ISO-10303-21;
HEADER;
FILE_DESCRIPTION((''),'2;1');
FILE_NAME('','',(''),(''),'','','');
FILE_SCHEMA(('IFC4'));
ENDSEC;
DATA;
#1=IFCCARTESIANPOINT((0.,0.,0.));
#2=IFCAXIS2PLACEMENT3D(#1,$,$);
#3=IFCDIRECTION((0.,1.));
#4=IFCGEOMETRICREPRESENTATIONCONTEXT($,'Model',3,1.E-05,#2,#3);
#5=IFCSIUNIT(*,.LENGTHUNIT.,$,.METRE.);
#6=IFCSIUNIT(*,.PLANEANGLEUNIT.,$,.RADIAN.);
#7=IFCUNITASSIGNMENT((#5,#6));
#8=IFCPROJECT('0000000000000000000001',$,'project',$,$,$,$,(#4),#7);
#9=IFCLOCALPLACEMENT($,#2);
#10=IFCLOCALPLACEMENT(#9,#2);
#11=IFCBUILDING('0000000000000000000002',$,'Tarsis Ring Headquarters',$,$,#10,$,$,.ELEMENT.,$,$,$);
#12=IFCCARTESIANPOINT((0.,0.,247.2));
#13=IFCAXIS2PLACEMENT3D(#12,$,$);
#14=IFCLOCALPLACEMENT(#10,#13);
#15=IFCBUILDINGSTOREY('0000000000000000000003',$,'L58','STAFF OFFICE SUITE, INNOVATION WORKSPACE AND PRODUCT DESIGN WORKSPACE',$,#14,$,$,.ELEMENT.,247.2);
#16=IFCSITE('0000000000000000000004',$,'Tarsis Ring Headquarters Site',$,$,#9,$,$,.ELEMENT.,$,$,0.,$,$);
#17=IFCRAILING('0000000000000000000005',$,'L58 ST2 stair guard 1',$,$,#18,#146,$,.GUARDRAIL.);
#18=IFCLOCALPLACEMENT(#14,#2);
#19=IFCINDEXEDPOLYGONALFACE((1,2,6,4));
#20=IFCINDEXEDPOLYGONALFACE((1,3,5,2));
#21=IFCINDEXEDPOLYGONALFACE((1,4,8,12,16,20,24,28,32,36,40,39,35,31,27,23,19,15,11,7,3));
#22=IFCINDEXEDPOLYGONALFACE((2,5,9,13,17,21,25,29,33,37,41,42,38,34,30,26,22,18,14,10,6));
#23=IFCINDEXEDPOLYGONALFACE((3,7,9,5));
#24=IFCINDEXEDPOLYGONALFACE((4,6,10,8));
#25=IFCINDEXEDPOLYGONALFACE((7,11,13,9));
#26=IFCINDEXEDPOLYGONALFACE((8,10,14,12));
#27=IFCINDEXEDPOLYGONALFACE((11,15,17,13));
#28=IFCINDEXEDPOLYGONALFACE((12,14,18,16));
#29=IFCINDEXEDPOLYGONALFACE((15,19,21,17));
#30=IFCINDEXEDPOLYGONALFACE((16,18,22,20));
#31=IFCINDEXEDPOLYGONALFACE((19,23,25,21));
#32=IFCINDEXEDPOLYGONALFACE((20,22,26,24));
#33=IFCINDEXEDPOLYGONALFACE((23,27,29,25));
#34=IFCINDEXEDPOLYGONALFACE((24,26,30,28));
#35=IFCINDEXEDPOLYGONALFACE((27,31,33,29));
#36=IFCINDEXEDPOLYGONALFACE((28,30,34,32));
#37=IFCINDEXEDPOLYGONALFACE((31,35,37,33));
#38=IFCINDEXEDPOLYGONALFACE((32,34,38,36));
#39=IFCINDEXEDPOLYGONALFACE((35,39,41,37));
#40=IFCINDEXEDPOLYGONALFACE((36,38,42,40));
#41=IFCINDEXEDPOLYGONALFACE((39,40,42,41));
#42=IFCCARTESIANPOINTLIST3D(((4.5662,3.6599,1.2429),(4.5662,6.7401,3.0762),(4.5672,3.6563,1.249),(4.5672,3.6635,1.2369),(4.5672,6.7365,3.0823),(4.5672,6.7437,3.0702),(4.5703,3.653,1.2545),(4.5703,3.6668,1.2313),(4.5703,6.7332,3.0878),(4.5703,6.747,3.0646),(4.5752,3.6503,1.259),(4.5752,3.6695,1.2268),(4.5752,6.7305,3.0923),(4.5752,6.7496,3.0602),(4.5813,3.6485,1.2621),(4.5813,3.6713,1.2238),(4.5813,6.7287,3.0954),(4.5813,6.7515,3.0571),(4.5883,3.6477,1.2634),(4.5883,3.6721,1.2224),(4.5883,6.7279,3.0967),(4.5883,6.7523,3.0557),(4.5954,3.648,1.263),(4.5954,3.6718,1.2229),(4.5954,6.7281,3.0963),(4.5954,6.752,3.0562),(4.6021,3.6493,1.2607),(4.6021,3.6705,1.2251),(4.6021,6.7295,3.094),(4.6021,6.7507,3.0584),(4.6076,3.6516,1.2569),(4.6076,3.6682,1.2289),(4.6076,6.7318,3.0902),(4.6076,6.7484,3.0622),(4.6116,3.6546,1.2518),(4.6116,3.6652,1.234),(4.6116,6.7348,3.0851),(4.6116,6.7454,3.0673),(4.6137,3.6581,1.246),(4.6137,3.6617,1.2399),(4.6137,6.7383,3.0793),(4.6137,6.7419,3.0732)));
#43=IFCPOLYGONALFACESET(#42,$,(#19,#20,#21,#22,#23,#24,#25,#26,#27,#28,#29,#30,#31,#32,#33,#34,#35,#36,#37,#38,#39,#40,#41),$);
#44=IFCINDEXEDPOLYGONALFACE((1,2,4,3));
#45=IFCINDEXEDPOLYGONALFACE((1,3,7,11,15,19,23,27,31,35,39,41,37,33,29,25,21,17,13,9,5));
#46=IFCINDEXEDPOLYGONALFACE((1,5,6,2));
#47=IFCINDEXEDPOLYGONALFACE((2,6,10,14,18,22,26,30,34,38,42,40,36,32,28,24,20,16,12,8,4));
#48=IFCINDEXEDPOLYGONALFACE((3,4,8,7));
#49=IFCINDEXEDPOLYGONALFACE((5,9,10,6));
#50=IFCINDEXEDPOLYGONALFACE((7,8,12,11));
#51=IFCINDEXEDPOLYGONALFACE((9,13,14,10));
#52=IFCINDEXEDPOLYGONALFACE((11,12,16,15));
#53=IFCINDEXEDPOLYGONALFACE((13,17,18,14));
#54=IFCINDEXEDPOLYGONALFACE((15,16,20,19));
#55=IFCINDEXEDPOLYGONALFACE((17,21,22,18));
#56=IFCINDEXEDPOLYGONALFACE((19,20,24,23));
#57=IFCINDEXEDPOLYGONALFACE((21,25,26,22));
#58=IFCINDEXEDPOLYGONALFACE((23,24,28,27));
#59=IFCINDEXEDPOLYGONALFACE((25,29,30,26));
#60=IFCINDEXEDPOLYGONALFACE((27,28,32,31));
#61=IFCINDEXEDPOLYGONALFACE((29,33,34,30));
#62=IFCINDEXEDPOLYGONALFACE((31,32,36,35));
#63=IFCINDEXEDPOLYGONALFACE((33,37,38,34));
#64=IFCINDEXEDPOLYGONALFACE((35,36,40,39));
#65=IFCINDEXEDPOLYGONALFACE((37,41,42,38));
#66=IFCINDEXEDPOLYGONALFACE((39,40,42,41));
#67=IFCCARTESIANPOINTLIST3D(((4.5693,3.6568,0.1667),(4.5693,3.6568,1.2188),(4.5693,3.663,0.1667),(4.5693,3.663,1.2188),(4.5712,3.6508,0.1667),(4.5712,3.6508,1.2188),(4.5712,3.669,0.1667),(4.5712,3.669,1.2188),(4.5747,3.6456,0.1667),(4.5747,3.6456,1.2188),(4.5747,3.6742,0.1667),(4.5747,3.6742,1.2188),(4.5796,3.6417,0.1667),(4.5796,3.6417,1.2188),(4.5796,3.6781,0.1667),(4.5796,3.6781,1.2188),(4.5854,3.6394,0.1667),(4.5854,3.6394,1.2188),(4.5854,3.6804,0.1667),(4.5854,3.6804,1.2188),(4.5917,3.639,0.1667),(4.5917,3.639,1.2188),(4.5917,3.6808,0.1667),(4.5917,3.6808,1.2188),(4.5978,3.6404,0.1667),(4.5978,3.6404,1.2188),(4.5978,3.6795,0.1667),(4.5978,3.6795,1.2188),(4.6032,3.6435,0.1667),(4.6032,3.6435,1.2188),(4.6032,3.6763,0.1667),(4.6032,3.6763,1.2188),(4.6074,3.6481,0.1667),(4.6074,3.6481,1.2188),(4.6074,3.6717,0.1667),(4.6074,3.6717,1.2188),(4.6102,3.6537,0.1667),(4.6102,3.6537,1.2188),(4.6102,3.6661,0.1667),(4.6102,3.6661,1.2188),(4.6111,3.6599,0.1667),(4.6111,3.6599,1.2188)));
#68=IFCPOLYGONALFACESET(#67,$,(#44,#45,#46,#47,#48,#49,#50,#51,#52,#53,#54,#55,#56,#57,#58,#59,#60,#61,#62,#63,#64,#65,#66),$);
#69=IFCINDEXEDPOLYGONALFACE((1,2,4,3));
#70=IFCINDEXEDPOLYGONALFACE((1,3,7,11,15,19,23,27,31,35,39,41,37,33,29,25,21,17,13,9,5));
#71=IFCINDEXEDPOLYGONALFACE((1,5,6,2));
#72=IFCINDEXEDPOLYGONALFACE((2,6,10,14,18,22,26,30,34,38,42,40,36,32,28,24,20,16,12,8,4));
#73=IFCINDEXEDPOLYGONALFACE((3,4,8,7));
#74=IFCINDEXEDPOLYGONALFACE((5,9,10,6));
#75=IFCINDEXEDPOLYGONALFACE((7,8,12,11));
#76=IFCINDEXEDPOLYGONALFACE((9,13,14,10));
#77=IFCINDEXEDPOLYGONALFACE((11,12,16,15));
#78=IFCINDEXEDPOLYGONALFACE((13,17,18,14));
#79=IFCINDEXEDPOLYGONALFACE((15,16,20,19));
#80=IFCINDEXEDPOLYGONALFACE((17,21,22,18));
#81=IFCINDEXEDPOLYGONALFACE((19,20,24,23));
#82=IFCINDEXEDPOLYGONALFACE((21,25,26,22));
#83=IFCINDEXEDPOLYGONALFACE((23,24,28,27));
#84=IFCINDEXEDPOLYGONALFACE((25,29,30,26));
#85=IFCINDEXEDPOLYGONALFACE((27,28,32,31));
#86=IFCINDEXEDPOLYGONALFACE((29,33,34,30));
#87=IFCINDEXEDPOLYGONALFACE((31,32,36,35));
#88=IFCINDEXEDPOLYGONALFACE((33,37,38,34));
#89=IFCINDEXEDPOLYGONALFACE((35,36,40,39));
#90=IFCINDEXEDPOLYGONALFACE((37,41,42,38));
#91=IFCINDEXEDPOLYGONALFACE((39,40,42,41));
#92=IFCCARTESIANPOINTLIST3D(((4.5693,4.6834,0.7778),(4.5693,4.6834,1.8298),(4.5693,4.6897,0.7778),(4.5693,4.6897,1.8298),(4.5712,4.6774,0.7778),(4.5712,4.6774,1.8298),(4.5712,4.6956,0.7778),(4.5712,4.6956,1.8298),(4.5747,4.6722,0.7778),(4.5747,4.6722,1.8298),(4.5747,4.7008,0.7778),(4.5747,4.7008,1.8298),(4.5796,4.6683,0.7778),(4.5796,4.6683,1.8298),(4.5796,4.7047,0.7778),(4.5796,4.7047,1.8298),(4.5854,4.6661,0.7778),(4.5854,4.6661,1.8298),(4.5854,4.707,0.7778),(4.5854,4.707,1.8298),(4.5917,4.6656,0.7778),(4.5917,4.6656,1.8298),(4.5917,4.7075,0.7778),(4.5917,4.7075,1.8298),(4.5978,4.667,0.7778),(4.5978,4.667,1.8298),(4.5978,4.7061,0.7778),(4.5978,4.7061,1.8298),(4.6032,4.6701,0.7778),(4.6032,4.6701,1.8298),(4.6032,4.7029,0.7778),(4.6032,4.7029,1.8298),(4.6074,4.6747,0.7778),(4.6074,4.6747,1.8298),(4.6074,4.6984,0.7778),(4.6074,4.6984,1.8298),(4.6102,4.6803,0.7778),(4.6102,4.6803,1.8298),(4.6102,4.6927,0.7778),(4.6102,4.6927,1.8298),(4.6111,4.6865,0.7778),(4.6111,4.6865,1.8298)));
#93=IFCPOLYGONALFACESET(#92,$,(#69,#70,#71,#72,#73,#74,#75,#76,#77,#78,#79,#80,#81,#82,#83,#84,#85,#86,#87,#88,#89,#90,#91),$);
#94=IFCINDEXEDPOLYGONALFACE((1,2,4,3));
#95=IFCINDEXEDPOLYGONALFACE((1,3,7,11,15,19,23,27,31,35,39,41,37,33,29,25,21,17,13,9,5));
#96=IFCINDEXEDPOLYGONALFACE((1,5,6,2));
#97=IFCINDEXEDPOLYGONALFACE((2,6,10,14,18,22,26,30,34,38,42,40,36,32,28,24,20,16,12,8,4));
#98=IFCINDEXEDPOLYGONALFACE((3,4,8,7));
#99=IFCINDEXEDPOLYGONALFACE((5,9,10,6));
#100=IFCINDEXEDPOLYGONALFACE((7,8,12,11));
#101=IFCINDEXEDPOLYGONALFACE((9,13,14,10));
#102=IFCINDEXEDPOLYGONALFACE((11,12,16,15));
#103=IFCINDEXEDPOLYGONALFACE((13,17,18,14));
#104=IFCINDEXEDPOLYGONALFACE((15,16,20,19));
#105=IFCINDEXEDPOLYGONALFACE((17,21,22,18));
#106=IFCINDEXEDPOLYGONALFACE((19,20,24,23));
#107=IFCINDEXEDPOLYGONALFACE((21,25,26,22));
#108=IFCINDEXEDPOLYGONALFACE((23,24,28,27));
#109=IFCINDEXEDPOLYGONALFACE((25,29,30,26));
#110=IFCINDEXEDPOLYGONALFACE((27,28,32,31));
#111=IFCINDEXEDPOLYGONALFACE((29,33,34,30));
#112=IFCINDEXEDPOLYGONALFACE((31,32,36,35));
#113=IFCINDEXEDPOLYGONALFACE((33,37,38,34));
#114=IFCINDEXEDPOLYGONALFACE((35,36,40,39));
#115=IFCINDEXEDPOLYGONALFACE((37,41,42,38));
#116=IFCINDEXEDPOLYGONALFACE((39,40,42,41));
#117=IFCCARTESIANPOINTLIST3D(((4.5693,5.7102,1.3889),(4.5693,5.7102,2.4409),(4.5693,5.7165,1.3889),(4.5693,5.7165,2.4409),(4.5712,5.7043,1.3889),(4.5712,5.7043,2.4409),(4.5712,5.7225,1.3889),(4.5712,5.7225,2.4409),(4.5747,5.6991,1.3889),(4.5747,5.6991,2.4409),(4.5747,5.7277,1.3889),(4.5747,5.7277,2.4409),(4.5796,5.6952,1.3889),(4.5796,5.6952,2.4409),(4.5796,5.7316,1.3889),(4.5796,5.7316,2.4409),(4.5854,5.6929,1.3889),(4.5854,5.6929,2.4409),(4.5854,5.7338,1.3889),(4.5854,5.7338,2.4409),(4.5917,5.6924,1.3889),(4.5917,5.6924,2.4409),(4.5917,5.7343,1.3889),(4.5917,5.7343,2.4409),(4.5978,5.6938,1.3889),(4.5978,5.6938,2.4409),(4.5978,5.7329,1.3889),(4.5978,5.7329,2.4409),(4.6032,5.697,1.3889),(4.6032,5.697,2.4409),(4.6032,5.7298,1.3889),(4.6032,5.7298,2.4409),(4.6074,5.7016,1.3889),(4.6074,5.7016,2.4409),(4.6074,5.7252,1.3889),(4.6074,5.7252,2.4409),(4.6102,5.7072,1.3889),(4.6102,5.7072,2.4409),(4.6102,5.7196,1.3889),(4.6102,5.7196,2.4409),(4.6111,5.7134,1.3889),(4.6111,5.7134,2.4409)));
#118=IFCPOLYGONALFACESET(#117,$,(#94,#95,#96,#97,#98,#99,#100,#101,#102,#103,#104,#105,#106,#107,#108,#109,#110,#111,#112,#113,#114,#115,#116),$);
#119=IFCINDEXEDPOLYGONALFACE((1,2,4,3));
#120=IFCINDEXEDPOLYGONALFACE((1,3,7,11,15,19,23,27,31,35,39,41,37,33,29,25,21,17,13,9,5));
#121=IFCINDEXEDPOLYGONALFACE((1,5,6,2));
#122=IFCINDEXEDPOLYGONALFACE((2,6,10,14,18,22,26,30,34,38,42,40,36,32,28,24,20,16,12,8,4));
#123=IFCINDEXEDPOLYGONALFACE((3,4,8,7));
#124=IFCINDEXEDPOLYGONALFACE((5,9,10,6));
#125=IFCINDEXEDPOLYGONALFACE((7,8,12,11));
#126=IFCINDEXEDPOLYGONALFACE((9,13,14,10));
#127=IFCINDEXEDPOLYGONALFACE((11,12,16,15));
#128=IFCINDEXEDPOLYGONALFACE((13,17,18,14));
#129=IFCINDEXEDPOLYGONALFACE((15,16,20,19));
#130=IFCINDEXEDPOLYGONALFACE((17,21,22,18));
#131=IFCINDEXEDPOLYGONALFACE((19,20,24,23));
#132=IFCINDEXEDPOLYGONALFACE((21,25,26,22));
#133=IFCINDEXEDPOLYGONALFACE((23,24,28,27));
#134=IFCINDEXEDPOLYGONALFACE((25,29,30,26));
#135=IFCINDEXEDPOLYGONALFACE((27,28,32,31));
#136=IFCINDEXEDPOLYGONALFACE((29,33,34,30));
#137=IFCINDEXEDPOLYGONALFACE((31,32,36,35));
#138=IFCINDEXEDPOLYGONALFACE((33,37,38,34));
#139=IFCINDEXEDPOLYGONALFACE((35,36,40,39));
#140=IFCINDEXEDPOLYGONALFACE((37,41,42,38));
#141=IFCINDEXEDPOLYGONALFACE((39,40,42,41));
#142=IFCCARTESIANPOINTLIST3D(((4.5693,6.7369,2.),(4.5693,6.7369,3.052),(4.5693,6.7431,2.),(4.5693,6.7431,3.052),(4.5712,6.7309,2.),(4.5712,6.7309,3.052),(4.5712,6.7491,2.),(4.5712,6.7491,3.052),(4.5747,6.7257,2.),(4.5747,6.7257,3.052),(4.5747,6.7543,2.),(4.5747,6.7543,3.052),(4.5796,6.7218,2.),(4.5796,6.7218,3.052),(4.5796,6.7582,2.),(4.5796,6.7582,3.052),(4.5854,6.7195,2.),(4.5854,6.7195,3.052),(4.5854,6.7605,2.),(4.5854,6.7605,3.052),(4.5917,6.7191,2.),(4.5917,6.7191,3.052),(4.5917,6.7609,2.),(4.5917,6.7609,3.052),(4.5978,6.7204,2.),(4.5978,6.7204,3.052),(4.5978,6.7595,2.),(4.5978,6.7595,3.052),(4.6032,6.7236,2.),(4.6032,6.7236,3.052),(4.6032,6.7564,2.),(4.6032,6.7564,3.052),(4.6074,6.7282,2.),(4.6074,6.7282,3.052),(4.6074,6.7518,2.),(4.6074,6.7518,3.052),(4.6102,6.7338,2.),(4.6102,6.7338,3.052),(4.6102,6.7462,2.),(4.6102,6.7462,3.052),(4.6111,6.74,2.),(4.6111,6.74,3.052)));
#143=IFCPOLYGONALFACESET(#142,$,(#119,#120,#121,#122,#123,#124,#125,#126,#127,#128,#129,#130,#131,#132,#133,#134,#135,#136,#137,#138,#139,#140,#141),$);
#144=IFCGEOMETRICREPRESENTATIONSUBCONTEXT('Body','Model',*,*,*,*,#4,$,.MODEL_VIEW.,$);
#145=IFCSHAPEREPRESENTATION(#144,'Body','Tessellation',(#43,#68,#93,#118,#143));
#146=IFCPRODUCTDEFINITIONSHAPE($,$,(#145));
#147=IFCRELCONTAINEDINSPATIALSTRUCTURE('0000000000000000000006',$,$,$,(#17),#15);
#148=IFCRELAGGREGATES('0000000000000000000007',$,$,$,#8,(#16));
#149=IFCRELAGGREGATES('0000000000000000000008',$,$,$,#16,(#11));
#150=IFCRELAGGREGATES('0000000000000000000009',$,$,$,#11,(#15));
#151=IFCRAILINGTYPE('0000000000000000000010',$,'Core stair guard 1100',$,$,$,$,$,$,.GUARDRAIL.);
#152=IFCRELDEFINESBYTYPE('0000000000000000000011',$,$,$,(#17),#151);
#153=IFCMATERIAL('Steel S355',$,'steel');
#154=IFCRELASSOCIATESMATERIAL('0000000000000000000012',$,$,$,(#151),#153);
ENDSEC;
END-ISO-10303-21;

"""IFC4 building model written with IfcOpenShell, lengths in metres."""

from ifc_helpers import new_model, si_unit, direction, frame, origin, origin_2d, place, context, subcontext, project, spatial, circle, extrude, material, type_object, element, save


model = new_model("IFC4")

# Units and contexts
model_context = context("Model", 3, precision=1e-05, world=origin(), true_north=direction((0.0, 1.0)))
body_context = subcontext(model_context, "Body", "Model", "MODEL_VIEW")
ifc_project = project(units=[si_unit("LENGTHUNIT", "METRE"), si_unit("PLANEANGLEUNIT", "RADIAN")], contexts=[model_context])

# Site, building, storey
site_placement = place(None, origin())
site = spatial("IfcSite", under=ifc_project, at=site_placement, Name="Tarsis Ring Headquarters Site", CompositionType="ELEMENT", RefElevation=0.0)
building_placement = place(site_placement, origin())
building = spatial("IfcBuilding", under=site, at=building_placement, Name="Tarsis Ring Headquarters", CompositionType="ELEMENT")
storey_placement = place(building_placement, frame((0.0, 0.0, 247.2)))
storey = spatial("IfcBuildingStorey", under=building, at=storey_placement, Name="L58", Description="STAFF OFFICE SUITE, INNOVATION WORKSPACE AND PRODUCT DESIGN WORKSPACE", CompositionType="ELEMENT", Elevation=247.2)

# Railing
ifc_material_1 = material(Name="Steel S355", Category="steel")
railing_type_1 = type_object("IfcRailingType", Name="Core stair guard 1100", PredefinedType="GUARDRAIL", material=ifc_material_1)
railing_1_placement = place(storey_placement, frame((4.5901, 3.6599, 0.1667)))
element("IfcRailing", 1, at=railing_1_placement, inside=storey, type_object=railing_type_1, Name="L58 ST2 stair guard 1", PredefinedType="GUARDRAIL", context=body_context, shape_type="SweptSolid", body=[
    extrude(circle(Radius=0.0239, at=origin_2d()), frame((0.0, 0.0, 1.0762), z_axis=(0.0, 0.859309, 0.511458), x_axis=(-1.0, 0.0, 0.0)), (0.0, 0.0, 1.0), 3.5845),
    extrude(circle(Radius=0.021, at=origin_2d()), origin(), (0.0, 0.0, 1.0), 1.052),
    extrude(circle(Radius=0.021, at=origin_2d()), frame((0.0, 1.0266, 0.6111)), (0.0, 0.0, 1.0), 1.052),
    extrude(circle(Radius=0.021, at=origin_2d()), frame((0.0, 2.0535, 1.2222)), (0.0, 0.0, 1.0), 1.052),
    extrude(circle(Radius=0.021, at=origin_2d()), frame((0.0, 3.0801, 1.8333)), (0.0, 0.0, 1.0), 1.052),
])

save(model, "model.ifc")
